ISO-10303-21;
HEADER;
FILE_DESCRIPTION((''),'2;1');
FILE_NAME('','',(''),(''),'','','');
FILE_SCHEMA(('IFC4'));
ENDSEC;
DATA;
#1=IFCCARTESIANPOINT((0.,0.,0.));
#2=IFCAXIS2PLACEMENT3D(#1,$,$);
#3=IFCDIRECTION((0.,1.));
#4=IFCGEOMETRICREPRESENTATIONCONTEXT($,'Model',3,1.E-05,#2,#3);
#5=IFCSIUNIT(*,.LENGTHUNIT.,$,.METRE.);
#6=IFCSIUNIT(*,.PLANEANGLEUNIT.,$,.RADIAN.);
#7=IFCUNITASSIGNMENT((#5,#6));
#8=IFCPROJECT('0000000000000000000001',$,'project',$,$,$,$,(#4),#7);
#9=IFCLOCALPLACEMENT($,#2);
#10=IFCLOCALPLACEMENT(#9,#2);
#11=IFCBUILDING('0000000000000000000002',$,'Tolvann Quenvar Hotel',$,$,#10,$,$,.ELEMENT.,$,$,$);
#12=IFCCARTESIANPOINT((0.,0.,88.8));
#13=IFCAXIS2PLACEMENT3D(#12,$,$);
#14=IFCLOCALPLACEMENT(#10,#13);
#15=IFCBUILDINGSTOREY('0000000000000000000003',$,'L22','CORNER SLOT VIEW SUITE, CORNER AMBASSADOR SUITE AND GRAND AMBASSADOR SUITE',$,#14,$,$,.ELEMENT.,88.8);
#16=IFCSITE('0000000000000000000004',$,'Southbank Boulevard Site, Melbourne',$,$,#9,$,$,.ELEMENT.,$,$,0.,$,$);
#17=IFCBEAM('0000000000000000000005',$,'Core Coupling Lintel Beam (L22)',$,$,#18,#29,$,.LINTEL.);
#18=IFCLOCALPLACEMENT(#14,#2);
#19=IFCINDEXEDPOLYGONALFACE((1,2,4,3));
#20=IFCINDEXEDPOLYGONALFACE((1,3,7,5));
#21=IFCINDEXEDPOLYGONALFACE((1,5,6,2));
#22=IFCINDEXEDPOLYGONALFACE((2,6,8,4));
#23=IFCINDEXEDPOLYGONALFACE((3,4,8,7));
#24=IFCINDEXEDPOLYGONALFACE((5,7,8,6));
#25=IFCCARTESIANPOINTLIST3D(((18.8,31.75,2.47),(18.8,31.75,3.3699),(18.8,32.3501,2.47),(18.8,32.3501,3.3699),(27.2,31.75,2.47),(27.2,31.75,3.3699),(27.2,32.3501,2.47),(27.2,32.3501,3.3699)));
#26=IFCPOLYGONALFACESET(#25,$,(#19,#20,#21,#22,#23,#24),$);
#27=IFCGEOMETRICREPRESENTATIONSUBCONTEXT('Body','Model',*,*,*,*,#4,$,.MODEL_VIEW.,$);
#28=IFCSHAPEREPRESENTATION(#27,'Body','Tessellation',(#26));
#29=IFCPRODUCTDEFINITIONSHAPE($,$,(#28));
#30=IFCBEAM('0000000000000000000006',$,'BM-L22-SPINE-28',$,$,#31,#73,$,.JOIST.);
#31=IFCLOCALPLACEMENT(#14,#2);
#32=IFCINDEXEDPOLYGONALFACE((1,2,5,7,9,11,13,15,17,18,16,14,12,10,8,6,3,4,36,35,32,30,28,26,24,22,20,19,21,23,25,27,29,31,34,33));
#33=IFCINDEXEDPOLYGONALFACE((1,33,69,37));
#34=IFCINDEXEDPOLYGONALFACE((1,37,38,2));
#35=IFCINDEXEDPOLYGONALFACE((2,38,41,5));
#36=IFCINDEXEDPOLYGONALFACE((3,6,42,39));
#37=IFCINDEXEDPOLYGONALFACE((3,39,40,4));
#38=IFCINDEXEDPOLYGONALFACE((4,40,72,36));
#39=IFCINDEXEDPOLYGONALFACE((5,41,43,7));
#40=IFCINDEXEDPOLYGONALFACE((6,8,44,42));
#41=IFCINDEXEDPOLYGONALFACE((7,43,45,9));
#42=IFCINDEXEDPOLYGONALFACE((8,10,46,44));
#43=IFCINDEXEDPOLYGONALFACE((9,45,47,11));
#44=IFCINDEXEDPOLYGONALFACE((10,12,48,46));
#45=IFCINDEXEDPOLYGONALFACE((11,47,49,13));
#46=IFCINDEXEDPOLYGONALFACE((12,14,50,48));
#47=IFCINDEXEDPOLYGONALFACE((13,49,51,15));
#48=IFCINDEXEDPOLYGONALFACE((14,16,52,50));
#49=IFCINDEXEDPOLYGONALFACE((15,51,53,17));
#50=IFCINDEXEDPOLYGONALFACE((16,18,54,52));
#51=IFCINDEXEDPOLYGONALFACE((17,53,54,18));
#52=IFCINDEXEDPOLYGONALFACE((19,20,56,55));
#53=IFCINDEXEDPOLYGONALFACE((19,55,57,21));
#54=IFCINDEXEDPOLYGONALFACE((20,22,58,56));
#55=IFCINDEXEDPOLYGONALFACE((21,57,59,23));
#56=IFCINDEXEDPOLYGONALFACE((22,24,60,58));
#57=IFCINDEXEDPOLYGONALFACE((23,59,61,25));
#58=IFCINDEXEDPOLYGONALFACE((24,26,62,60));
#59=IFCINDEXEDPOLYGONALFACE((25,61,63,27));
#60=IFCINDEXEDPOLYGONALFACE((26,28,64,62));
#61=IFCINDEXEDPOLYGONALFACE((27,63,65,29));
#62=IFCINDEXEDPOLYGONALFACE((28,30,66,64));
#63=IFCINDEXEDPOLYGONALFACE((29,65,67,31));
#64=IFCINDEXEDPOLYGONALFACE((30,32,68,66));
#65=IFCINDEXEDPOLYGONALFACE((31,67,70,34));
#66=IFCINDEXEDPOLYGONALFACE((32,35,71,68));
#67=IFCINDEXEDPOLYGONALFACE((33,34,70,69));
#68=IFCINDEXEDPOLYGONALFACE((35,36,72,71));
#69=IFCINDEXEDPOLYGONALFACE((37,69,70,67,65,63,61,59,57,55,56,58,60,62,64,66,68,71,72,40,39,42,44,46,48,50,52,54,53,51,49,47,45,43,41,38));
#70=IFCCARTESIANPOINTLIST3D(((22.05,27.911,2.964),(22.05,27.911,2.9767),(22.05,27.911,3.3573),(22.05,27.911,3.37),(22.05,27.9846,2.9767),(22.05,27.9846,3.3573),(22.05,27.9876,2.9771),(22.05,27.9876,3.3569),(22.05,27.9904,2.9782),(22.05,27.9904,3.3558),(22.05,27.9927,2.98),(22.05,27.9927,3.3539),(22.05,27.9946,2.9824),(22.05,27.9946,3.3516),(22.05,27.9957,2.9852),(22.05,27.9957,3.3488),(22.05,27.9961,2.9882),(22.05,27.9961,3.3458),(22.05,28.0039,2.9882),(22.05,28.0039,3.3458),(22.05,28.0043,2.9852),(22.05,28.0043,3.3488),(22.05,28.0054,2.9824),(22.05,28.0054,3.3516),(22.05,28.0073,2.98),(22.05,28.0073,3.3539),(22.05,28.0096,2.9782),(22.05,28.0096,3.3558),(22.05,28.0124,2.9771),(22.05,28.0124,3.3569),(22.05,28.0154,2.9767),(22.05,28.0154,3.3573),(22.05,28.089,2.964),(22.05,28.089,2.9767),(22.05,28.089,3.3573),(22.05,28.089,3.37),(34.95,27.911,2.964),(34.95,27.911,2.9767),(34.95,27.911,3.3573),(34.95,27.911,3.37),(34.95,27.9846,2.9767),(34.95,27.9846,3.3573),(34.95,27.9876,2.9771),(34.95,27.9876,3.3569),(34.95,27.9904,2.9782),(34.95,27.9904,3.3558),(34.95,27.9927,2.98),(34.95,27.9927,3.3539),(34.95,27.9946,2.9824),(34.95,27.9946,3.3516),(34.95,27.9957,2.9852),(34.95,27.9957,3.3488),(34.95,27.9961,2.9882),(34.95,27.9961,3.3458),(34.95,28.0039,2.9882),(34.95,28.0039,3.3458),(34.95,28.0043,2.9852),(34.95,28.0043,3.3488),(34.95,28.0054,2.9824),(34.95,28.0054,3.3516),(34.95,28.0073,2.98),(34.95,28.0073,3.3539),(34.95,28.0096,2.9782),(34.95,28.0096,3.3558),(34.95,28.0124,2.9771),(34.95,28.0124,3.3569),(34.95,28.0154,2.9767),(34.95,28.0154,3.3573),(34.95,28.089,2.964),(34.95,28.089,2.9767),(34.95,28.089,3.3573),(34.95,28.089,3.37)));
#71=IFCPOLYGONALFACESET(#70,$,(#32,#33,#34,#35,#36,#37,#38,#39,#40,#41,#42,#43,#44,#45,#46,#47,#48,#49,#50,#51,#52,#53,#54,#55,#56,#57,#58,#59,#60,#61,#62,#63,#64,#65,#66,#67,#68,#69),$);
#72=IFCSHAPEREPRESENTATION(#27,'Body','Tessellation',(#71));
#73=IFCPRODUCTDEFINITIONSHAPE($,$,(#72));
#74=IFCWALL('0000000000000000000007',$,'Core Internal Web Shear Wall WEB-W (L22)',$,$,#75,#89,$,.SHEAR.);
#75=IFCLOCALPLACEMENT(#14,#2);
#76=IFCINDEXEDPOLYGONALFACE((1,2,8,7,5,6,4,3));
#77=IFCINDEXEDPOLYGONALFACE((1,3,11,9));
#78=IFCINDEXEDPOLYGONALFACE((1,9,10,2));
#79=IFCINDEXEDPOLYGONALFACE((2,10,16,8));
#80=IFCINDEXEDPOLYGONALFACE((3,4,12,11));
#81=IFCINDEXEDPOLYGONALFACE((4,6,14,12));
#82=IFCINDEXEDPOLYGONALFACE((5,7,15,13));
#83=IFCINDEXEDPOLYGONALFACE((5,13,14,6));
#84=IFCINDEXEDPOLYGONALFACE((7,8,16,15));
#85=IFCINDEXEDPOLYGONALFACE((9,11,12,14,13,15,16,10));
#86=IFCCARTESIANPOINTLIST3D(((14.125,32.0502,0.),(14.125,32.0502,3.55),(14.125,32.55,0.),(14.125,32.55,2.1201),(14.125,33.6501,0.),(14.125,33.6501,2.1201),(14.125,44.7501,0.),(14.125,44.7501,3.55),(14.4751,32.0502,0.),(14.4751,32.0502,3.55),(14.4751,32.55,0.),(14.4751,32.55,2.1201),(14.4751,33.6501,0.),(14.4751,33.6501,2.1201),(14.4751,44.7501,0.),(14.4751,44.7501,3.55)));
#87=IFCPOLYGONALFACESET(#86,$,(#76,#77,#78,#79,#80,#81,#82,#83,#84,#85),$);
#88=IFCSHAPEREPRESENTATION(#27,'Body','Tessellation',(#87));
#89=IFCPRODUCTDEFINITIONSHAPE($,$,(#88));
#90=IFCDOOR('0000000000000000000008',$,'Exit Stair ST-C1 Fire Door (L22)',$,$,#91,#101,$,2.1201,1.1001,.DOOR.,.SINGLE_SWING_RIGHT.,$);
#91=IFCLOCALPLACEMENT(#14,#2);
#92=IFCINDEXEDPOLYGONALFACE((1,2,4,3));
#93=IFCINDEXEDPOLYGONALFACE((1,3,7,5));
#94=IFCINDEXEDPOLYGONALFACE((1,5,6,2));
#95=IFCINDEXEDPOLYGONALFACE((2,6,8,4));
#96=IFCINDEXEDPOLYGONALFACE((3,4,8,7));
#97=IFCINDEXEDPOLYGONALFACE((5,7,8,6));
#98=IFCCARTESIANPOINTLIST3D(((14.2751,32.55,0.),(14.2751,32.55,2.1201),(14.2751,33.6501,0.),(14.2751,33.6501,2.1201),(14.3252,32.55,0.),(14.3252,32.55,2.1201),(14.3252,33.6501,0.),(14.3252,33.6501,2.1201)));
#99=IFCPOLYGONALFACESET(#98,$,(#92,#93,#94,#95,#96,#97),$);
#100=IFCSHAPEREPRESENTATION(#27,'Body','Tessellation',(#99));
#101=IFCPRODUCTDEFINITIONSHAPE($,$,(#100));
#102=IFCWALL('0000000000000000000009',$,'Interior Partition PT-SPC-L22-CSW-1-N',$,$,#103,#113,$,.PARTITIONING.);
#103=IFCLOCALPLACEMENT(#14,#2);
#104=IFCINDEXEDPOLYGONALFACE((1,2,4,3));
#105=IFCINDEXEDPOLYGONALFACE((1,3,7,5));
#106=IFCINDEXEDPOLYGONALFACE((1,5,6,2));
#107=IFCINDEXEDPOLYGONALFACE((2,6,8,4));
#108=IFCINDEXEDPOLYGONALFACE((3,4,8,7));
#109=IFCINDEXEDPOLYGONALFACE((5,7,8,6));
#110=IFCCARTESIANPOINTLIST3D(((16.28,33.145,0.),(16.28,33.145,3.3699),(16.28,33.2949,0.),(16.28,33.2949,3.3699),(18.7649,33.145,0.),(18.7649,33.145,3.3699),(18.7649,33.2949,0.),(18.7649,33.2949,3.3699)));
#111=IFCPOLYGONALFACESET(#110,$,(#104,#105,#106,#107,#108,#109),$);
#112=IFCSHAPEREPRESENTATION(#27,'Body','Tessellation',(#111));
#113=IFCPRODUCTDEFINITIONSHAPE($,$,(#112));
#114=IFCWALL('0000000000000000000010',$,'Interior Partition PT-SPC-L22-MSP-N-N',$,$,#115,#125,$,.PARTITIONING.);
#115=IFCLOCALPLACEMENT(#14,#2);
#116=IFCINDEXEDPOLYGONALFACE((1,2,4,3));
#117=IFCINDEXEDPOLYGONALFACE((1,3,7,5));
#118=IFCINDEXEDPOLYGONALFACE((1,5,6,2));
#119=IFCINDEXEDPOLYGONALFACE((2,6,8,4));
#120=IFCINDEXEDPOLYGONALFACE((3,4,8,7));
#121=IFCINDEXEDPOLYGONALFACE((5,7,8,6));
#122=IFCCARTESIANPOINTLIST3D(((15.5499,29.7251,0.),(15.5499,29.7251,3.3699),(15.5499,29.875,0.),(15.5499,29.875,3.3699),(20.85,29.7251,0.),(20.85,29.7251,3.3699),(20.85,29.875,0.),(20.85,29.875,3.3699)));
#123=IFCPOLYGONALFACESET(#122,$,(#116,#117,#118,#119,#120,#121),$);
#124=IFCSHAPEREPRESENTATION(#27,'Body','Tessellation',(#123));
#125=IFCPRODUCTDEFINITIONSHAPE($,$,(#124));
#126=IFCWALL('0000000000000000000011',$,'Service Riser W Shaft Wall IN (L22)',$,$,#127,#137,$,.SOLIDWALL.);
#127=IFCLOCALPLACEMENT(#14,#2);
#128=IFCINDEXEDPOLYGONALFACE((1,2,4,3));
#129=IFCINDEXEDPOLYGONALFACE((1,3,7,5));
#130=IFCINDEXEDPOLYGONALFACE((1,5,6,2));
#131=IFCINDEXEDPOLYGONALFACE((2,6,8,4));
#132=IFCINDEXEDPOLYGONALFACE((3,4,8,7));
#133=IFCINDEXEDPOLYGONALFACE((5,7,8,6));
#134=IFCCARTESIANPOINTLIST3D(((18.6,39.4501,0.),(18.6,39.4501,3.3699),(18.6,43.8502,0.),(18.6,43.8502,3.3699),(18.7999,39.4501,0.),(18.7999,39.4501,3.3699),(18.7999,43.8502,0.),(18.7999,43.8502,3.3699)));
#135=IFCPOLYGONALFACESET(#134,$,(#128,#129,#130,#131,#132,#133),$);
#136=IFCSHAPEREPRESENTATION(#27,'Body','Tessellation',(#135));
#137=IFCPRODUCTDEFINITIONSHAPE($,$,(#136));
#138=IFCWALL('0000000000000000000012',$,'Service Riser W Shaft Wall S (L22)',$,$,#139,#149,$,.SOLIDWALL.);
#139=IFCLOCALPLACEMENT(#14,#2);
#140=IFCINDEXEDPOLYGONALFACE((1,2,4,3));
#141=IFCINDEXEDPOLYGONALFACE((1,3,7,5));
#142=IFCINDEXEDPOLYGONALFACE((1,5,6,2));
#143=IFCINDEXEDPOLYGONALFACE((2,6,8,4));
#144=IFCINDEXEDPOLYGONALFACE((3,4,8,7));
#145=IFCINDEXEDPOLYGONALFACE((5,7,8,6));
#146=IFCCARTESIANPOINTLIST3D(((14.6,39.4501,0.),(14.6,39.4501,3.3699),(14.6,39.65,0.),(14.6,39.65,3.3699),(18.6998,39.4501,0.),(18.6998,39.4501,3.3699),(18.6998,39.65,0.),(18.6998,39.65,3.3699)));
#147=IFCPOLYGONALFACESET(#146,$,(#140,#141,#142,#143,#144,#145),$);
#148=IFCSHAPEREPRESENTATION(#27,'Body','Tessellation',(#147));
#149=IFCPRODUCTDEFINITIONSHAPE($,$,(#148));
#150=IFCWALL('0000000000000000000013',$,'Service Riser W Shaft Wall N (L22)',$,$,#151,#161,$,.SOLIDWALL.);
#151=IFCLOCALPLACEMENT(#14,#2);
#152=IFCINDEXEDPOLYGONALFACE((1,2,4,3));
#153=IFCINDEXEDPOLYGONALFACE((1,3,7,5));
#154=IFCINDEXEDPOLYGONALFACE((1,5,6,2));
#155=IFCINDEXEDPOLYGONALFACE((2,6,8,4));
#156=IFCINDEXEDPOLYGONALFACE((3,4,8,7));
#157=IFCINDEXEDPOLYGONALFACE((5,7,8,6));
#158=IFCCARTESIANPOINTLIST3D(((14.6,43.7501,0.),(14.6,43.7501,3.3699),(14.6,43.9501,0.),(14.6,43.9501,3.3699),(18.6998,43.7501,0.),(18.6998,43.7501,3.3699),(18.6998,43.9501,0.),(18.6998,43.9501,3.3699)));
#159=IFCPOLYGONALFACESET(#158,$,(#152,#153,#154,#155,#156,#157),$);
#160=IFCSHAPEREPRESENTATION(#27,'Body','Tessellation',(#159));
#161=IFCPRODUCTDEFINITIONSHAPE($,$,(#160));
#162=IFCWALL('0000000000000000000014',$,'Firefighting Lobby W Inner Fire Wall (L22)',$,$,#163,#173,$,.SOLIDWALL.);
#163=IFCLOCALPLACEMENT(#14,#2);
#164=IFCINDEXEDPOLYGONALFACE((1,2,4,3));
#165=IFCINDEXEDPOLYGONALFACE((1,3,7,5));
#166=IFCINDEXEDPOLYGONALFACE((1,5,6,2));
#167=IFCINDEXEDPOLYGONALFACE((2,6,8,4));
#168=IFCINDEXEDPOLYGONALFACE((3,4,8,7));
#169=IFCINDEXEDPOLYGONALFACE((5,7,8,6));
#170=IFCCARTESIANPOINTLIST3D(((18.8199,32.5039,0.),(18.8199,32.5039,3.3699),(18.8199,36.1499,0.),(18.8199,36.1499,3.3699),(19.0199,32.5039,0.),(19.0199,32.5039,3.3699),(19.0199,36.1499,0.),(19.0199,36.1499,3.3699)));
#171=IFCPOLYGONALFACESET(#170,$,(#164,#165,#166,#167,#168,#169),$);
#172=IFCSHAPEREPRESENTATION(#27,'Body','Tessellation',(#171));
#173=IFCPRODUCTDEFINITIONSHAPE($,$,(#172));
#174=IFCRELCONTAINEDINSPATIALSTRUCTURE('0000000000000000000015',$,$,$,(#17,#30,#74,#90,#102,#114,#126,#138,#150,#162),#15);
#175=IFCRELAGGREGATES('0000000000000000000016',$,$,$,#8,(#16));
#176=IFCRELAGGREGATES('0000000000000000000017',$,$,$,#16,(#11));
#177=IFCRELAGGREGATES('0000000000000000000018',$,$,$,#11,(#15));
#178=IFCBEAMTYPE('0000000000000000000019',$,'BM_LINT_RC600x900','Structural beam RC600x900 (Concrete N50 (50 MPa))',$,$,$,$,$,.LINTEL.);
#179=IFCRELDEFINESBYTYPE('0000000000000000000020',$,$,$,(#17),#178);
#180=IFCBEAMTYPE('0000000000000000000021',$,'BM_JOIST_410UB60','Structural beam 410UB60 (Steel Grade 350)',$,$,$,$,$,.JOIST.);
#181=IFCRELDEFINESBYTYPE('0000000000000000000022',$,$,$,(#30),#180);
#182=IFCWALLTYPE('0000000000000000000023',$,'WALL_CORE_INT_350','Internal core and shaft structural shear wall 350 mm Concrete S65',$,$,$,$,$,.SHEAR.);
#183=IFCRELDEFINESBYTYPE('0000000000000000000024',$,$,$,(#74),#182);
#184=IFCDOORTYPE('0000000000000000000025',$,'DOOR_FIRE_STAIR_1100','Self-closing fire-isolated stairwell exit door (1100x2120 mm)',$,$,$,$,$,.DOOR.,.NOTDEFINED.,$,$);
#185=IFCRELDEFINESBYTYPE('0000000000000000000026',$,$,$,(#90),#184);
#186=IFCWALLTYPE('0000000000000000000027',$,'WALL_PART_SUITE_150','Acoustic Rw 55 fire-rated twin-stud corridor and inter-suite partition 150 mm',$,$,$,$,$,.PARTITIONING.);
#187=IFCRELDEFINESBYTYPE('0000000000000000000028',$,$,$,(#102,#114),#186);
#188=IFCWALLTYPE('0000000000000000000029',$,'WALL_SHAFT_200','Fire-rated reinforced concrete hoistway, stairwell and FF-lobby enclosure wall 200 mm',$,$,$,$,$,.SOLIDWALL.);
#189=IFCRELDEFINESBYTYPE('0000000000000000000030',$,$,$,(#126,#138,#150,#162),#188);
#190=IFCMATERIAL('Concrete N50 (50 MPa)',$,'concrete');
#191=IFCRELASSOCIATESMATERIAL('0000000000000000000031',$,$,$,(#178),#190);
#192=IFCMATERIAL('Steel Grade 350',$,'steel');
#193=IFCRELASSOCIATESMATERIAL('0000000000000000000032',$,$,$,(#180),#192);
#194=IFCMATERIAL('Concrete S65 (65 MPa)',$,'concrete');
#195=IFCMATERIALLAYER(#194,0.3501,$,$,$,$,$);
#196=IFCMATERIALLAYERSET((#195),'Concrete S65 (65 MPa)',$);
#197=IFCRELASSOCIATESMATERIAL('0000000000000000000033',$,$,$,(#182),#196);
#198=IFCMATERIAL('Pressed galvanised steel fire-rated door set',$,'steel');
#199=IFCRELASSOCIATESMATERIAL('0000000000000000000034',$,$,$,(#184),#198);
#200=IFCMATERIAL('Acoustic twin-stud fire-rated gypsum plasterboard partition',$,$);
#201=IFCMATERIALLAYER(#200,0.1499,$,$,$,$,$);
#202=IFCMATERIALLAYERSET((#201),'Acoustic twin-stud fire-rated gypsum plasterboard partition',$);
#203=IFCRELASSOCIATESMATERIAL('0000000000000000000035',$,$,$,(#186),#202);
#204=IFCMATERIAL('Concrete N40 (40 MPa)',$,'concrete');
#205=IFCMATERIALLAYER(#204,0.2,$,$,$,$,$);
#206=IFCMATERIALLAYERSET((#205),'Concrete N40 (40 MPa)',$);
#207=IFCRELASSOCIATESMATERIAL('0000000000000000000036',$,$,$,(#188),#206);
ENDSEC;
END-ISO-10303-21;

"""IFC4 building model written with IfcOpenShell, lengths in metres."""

from ifc_helpers import new_model, si_unit, direction, frame, frame_2d, origin, origin_2d, place, context, subcontext, project, spatial, rectangle, i_section, extrude, source, transform, mapped, material, layer, layer_set, material_profile, profile_set, type_object, type_shapes, element, fill, save


model = new_model("IFC4")

# Units and contexts
model_context = context("Model", 3, precision=1e-05, world=origin(), true_north=direction((0.0, 1.0)))
body_context = subcontext(model_context, "Body", "Model", "MODEL_VIEW")
ifc_project = project(units=[si_unit("LENGTHUNIT", "METRE"), si_unit("PLANEANGLEUNIT", "RADIAN")], contexts=[model_context])

# Site, building, storey
site_placement = place(None, origin())
site = spatial("IfcSite", under=ifc_project, at=site_placement, Name="Southbank Boulevard Site, Melbourne", CompositionType="ELEMENT", RefElevation=0.0)
building_placement = place(site_placement, origin())
building = spatial("IfcBuilding", under=site, at=building_placement, Name="Tolvann Quenvar Hotel", CompositionType="ELEMENT")
storey_placement = place(building_placement, frame((0.0, 0.0, 88.8)))
storey = spatial("IfcBuildingStorey", under=building, at=storey_placement, Name="L22", Description="CORNER SLOT VIEW SUITE, CORNER AMBASSADOR SUITE AND GRAND AMBASSADOR SUITE", CompositionType="ELEMENT", Elevation=88.8)

# Beams
ifc_material_1 = material(Name="Concrete N50 (50 MPa)", Category="concrete")
ifc_material_profile_1 = material_profile(ifc_material_1, rectangle(XDim=0.6001, YDim=0.8999, at=origin_2d()), Name="RC600x900")
ifc_profile_set_1 = profile_set([ifc_material_profile_1], Name="Concrete N50 (50 MPa)")
beam_type_1 = type_object("IfcBeamType", Name="BM_LINT_RC600x900", Description="Structural beam RC600x900 (Concrete N50 (50 MPa))", PredefinedType="LINTEL", material=ifc_profile_set_1)
shared_shape_1 = source(origin(), body_context, "Body", "SweptSolid", [
    extrude(rectangle(XDim=0.6001, YDim=0.8999, at=origin_2d()), origin(), (0.0, 0.0, 1.0), 8.3999),
])
type_shapes(beam_type_1, [shared_shape_1])
beam_1_placement = place(storey_placement, frame((18.8, 32.05, 2.9199), z_axis=(1.0, 0.0, 0.0), x_axis=(0.0, 1.0, 0.0)))
element("IfcBeam", 1, at=beam_1_placement, inside=storey, type_object=beam_type_1, Name="Core Coupling Lintel Beam (L22)", PredefinedType="LINTEL", context=body_context, shape_type="MappedRepresentation", body=[
    mapped(shared_shape_1, transform((0.0, 0.0, 0.0), x_axis=(1.0, 0.0, 0.0), y_axis=(0.0, 1.0, 0.0), z_axis=(0.0, 0.0, 1.0), scale=1.0)),
])
ifc_material_2 = material(Name="Steel Grade 350", Category="steel")
ifc_material_profile_2 = material_profile(ifc_material_2, i_section(OverallWidth=0.178, OverallDepth=0.406, WebThickness=0.0078, FlangeThickness=0.0127, FilletRadius=0.0115, at=origin_2d()), Name="410UB60")
ifc_profile_set_2 = profile_set([ifc_material_profile_2], Name="Steel Grade 350")
beam_type_2 = type_object("IfcBeamType", Name="BM_JOIST_410UB60", Description="Structural beam 410UB60 (Steel Grade 350)", PredefinedType="JOIST", material=ifc_profile_set_2)
shared_shape_2 = source(origin(), body_context, "Body", "SweptSolid", [
    extrude(i_section(OverallWidth=0.178, OverallDepth=0.406, WebThickness=0.0078, FlangeThickness=0.0127, FilletRadius=0.0115, at=origin_2d()), origin(), (0.0, 0.0, 1.0), 12.8999),
])
type_shapes(beam_type_2, [shared_shape_2])
beam_2_placement = place(storey_placement, frame((22.05, 28.0, 3.167), z_axis=(1.0, 0.0, 0.0), x_axis=(0.0, 1.0, 0.0)))
element("IfcBeam", 2, at=beam_2_placement, inside=storey, type_object=beam_type_2, Name="BM-L22-SPINE-28", PredefinedType="JOIST", context=body_context, shape_type="MappedRepresentation", body=[
    mapped(shared_shape_2, transform((0.0, 0.0, 0.0), x_axis=(1.0, 0.0, 0.0), y_axis=(0.0, 1.0, 0.0), z_axis=(0.0, 0.0, 1.0), scale=1.0)),
])

# Wall, opening, door
ifc_material_3 = material(Name="Concrete S65 (65 MPa)", Category="concrete")
ifc_layer_1 = layer(ifc_material_3, 0.3501)
ifc_layer_set_1 = layer_set([ifc_layer_1], Name="Concrete S65 (65 MPa)")
wall_type_1 = type_object("IfcWallType", Name="WALL_CORE_INT_350", Description="Internal core and shaft structural shear wall 350 mm Concrete S65", PredefinedType="SHEAR", material=ifc_layer_set_1)
wall_1_placement = place(storey_placement, frame((14.3, 32.05, 0.0), z_axis=(0.0, 0.0, 1.0), x_axis=(0.0, 1.0, 0.0)))
wall_1 = element("IfcWall", 3, at=wall_1_placement, inside=storey, type_object=wall_type_1, Name="Core Internal Web Shear Wall WEB-W (L22)", PredefinedType="SHEAR", context=body_context, shape_type="SweptSolid", body=[
    extrude(rectangle(XDim=12.7, YDim=0.3501, at=frame_2d((6.3501, 0.0))), origin(), (0.0, 0.0, 1.0), 3.55),
])
opening_1_placement = place(wall_1_placement, frame((0.5, 0.0, 0.0)))
opening_1 = element("IfcOpeningElement", 4, at=opening_1_placement, cuts=wall_1, PredefinedType="OPENING", context=body_context, shape_type="SweptSolid", body=[
    extrude(rectangle(XDim=1.1001, YDim=2.1201, at=frame_2d((0.55, 1.0601))), frame((0.0, 0.1851, 0.0), z_axis=(0.0, -1.0, 0.0), x_axis=(1.0, 0.0, 0.0)), (0.0, 0.0, 1.0), 0.3701),
])
ifc_material_4 = material(Name="Pressed galvanised steel fire-rated door set", Category="steel")
door_type_1 = type_object("IfcDoorType", Name="DOOR_FIRE_STAIR_1100", Description="Self-closing fire-isolated stairwell exit door (1100x2120 mm)", OperationType="NOTDEFINED", PredefinedType="DOOR", material=ifc_material_4)
shared_shape_3 = source(origin(), body_context, "Body", "SweptSolid", [
    extrude(rectangle(XDim=1.1001, YDim=2.1201, at=frame_2d((0.55, 1.0601))), frame((0.0, 0.0249, 0.0), z_axis=(0.0, -1.0, 0.0), x_axis=(1.0, 0.0, 0.0)), (0.0, 0.0, 1.0), 0.05),
])
type_shapes(door_type_1, [shared_shape_3])
door_1_placement = place(opening_1_placement, origin())
door_1 = element("IfcDoor", 5, at=door_1_placement, inside=storey, type_object=door_type_1, Name="Exit Stair ST-C1 Fire Door (L22)", OperationType="SINGLE_SWING_RIGHT", OverallHeight=2.1201, OverallWidth=1.1001, PredefinedType="DOOR", context=body_context, shape_type="MappedRepresentation", body=[
    mapped(shared_shape_3, transform((0.0, 0.0, 0.0), x_axis=(1.0, 0.0, 0.0), y_axis=(0.0, 1.0, 0.0), z_axis=(0.0, 0.0, 1.0), scale=1.0)),
])
fill(opening_1, door_1)

# Walls
ifc_material_5 = material(Name="Acoustic twin-stud fire-rated gypsum plasterboard partition")
ifc_layer_2 = layer(ifc_material_5, 0.1499)
ifc_layer_set_2 = layer_set([ifc_layer_2], Name="Acoustic twin-stud fire-rated gypsum plasterboard partition")
wall_type_2 = type_object("IfcWallType", Name="WALL_PART_SUITE_150", Description="Acoustic Rw 55 fire-rated twin-stud corridor and inter-suite partition 150 mm", PredefinedType="PARTITIONING", material=ifc_layer_set_2)
wall_2_placement = place(storey_placement, frame((16.28, 33.22, 0.0), z_axis=(0.0, 0.0, 1.0), x_axis=(1.0, 0.0, 0.0)))
element("IfcWall", 6, at=wall_2_placement, inside=storey, type_object=wall_type_2, Name="Interior Partition PT-SPC-L22-CSW-1-N", PredefinedType="PARTITIONING", context=body_context, shape_type="SweptSolid", body=[
    extrude(rectangle(XDim=2.4849, YDim=0.1499, at=frame_2d((1.2424, 0.0))), origin(), (0.0, 0.0, 1.0), 3.3699),
])
wall_3_placement = place(storey_placement, frame((15.55, 29.8, 0.0), z_axis=(0.0, 0.0, 1.0), x_axis=(1.0, 0.0, 0.0)))
element("IfcWall", 7, at=wall_3_placement, inside=storey, type_object=wall_type_2, Name="Interior Partition PT-SPC-L22-MSP-N-N", PredefinedType="PARTITIONING", context=body_context, shape_type="SweptSolid", body=[
    extrude(rectangle(XDim=5.3, YDim=0.1499, at=frame_2d((2.6499, 0.0))), origin(), (0.0, 0.0, 1.0), 3.3699),
])
ifc_material_6 = material(Name="Concrete N40 (40 MPa)", Category="concrete")
ifc_layer_3 = layer(ifc_material_6, 0.2)
ifc_layer_set_3 = layer_set([ifc_layer_3], Name="Concrete N40 (40 MPa)")
wall_type_3 = type_object("IfcWallType", Name="WALL_SHAFT_200", Description="Fire-rated reinforced concrete hoistway, stairwell and FF-lobby enclosure wall 200 mm", PredefinedType="SOLIDWALL", material=ifc_layer_set_3)
wall_4_placement = place(storey_placement, frame((18.7, 39.45, 0.0), z_axis=(0.0, 0.0, 1.0), x_axis=(0.0, 1.0, 0.0)))
element("IfcWall", 8, at=wall_4_placement, inside=storey, type_object=wall_type_3, Name="Service Riser W Shaft Wall IN (L22)", PredefinedType="SOLIDWALL", context=body_context, shape_type="SweptSolid", body=[
    extrude(rectangle(XDim=4.4001, YDim=0.2, at=frame_2d((2.2002, 0.0))), origin(), (0.0, 0.0, 1.0), 3.3699),
])
for number, where, z_axis, x_axis, name in (
    (9, (14.6001, 39.55, 0.0), (0.0, 0.0, 1.0), (1.0, 0.0, 0.0), "Service Riser W Shaft Wall S (L22)"),
    (10, (14.6001, 43.8501, 0.0), (0.0, 0.0, 1.0), (1.0, 0.0, 0.0), "Service Riser W Shaft Wall N (L22)"),
):
    element("IfcWall", number, at=place(storey_placement, frame(where, z_axis=z_axis, x_axis=x_axis)), inside=storey, type_object=wall_type_3, Name=name, PredefinedType="SOLIDWALL", context=body_context, shape_type="SweptSolid", body=[
        extrude(rectangle(XDim=4.0999, YDim=0.2, at=frame_2d((2.0498, 0.0))), origin(), (0.0, 0.0, 1.0), 3.3699),
    ])
wall_5_placement = place(storey_placement, frame((18.9199, 32.5039, 0.0), z_axis=(0.0, 0.0, 1.0), x_axis=(0.0, 1.0, 0.0)))
element("IfcWall", 11, at=wall_5_placement, inside=storey, type_object=wall_type_3, Name="Firefighting Lobby W Inner Fire Wall (L22)", PredefinedType="SOLIDWALL", context=body_context, shape_type="SweptSolid", body=[
    extrude(rectangle(XDim=3.646, YDim=0.2, at=frame_2d((1.823, 0.0))), origin(), (0.0, 0.0, 1.0), 3.3699),
])

save(model, "model.ifc")
